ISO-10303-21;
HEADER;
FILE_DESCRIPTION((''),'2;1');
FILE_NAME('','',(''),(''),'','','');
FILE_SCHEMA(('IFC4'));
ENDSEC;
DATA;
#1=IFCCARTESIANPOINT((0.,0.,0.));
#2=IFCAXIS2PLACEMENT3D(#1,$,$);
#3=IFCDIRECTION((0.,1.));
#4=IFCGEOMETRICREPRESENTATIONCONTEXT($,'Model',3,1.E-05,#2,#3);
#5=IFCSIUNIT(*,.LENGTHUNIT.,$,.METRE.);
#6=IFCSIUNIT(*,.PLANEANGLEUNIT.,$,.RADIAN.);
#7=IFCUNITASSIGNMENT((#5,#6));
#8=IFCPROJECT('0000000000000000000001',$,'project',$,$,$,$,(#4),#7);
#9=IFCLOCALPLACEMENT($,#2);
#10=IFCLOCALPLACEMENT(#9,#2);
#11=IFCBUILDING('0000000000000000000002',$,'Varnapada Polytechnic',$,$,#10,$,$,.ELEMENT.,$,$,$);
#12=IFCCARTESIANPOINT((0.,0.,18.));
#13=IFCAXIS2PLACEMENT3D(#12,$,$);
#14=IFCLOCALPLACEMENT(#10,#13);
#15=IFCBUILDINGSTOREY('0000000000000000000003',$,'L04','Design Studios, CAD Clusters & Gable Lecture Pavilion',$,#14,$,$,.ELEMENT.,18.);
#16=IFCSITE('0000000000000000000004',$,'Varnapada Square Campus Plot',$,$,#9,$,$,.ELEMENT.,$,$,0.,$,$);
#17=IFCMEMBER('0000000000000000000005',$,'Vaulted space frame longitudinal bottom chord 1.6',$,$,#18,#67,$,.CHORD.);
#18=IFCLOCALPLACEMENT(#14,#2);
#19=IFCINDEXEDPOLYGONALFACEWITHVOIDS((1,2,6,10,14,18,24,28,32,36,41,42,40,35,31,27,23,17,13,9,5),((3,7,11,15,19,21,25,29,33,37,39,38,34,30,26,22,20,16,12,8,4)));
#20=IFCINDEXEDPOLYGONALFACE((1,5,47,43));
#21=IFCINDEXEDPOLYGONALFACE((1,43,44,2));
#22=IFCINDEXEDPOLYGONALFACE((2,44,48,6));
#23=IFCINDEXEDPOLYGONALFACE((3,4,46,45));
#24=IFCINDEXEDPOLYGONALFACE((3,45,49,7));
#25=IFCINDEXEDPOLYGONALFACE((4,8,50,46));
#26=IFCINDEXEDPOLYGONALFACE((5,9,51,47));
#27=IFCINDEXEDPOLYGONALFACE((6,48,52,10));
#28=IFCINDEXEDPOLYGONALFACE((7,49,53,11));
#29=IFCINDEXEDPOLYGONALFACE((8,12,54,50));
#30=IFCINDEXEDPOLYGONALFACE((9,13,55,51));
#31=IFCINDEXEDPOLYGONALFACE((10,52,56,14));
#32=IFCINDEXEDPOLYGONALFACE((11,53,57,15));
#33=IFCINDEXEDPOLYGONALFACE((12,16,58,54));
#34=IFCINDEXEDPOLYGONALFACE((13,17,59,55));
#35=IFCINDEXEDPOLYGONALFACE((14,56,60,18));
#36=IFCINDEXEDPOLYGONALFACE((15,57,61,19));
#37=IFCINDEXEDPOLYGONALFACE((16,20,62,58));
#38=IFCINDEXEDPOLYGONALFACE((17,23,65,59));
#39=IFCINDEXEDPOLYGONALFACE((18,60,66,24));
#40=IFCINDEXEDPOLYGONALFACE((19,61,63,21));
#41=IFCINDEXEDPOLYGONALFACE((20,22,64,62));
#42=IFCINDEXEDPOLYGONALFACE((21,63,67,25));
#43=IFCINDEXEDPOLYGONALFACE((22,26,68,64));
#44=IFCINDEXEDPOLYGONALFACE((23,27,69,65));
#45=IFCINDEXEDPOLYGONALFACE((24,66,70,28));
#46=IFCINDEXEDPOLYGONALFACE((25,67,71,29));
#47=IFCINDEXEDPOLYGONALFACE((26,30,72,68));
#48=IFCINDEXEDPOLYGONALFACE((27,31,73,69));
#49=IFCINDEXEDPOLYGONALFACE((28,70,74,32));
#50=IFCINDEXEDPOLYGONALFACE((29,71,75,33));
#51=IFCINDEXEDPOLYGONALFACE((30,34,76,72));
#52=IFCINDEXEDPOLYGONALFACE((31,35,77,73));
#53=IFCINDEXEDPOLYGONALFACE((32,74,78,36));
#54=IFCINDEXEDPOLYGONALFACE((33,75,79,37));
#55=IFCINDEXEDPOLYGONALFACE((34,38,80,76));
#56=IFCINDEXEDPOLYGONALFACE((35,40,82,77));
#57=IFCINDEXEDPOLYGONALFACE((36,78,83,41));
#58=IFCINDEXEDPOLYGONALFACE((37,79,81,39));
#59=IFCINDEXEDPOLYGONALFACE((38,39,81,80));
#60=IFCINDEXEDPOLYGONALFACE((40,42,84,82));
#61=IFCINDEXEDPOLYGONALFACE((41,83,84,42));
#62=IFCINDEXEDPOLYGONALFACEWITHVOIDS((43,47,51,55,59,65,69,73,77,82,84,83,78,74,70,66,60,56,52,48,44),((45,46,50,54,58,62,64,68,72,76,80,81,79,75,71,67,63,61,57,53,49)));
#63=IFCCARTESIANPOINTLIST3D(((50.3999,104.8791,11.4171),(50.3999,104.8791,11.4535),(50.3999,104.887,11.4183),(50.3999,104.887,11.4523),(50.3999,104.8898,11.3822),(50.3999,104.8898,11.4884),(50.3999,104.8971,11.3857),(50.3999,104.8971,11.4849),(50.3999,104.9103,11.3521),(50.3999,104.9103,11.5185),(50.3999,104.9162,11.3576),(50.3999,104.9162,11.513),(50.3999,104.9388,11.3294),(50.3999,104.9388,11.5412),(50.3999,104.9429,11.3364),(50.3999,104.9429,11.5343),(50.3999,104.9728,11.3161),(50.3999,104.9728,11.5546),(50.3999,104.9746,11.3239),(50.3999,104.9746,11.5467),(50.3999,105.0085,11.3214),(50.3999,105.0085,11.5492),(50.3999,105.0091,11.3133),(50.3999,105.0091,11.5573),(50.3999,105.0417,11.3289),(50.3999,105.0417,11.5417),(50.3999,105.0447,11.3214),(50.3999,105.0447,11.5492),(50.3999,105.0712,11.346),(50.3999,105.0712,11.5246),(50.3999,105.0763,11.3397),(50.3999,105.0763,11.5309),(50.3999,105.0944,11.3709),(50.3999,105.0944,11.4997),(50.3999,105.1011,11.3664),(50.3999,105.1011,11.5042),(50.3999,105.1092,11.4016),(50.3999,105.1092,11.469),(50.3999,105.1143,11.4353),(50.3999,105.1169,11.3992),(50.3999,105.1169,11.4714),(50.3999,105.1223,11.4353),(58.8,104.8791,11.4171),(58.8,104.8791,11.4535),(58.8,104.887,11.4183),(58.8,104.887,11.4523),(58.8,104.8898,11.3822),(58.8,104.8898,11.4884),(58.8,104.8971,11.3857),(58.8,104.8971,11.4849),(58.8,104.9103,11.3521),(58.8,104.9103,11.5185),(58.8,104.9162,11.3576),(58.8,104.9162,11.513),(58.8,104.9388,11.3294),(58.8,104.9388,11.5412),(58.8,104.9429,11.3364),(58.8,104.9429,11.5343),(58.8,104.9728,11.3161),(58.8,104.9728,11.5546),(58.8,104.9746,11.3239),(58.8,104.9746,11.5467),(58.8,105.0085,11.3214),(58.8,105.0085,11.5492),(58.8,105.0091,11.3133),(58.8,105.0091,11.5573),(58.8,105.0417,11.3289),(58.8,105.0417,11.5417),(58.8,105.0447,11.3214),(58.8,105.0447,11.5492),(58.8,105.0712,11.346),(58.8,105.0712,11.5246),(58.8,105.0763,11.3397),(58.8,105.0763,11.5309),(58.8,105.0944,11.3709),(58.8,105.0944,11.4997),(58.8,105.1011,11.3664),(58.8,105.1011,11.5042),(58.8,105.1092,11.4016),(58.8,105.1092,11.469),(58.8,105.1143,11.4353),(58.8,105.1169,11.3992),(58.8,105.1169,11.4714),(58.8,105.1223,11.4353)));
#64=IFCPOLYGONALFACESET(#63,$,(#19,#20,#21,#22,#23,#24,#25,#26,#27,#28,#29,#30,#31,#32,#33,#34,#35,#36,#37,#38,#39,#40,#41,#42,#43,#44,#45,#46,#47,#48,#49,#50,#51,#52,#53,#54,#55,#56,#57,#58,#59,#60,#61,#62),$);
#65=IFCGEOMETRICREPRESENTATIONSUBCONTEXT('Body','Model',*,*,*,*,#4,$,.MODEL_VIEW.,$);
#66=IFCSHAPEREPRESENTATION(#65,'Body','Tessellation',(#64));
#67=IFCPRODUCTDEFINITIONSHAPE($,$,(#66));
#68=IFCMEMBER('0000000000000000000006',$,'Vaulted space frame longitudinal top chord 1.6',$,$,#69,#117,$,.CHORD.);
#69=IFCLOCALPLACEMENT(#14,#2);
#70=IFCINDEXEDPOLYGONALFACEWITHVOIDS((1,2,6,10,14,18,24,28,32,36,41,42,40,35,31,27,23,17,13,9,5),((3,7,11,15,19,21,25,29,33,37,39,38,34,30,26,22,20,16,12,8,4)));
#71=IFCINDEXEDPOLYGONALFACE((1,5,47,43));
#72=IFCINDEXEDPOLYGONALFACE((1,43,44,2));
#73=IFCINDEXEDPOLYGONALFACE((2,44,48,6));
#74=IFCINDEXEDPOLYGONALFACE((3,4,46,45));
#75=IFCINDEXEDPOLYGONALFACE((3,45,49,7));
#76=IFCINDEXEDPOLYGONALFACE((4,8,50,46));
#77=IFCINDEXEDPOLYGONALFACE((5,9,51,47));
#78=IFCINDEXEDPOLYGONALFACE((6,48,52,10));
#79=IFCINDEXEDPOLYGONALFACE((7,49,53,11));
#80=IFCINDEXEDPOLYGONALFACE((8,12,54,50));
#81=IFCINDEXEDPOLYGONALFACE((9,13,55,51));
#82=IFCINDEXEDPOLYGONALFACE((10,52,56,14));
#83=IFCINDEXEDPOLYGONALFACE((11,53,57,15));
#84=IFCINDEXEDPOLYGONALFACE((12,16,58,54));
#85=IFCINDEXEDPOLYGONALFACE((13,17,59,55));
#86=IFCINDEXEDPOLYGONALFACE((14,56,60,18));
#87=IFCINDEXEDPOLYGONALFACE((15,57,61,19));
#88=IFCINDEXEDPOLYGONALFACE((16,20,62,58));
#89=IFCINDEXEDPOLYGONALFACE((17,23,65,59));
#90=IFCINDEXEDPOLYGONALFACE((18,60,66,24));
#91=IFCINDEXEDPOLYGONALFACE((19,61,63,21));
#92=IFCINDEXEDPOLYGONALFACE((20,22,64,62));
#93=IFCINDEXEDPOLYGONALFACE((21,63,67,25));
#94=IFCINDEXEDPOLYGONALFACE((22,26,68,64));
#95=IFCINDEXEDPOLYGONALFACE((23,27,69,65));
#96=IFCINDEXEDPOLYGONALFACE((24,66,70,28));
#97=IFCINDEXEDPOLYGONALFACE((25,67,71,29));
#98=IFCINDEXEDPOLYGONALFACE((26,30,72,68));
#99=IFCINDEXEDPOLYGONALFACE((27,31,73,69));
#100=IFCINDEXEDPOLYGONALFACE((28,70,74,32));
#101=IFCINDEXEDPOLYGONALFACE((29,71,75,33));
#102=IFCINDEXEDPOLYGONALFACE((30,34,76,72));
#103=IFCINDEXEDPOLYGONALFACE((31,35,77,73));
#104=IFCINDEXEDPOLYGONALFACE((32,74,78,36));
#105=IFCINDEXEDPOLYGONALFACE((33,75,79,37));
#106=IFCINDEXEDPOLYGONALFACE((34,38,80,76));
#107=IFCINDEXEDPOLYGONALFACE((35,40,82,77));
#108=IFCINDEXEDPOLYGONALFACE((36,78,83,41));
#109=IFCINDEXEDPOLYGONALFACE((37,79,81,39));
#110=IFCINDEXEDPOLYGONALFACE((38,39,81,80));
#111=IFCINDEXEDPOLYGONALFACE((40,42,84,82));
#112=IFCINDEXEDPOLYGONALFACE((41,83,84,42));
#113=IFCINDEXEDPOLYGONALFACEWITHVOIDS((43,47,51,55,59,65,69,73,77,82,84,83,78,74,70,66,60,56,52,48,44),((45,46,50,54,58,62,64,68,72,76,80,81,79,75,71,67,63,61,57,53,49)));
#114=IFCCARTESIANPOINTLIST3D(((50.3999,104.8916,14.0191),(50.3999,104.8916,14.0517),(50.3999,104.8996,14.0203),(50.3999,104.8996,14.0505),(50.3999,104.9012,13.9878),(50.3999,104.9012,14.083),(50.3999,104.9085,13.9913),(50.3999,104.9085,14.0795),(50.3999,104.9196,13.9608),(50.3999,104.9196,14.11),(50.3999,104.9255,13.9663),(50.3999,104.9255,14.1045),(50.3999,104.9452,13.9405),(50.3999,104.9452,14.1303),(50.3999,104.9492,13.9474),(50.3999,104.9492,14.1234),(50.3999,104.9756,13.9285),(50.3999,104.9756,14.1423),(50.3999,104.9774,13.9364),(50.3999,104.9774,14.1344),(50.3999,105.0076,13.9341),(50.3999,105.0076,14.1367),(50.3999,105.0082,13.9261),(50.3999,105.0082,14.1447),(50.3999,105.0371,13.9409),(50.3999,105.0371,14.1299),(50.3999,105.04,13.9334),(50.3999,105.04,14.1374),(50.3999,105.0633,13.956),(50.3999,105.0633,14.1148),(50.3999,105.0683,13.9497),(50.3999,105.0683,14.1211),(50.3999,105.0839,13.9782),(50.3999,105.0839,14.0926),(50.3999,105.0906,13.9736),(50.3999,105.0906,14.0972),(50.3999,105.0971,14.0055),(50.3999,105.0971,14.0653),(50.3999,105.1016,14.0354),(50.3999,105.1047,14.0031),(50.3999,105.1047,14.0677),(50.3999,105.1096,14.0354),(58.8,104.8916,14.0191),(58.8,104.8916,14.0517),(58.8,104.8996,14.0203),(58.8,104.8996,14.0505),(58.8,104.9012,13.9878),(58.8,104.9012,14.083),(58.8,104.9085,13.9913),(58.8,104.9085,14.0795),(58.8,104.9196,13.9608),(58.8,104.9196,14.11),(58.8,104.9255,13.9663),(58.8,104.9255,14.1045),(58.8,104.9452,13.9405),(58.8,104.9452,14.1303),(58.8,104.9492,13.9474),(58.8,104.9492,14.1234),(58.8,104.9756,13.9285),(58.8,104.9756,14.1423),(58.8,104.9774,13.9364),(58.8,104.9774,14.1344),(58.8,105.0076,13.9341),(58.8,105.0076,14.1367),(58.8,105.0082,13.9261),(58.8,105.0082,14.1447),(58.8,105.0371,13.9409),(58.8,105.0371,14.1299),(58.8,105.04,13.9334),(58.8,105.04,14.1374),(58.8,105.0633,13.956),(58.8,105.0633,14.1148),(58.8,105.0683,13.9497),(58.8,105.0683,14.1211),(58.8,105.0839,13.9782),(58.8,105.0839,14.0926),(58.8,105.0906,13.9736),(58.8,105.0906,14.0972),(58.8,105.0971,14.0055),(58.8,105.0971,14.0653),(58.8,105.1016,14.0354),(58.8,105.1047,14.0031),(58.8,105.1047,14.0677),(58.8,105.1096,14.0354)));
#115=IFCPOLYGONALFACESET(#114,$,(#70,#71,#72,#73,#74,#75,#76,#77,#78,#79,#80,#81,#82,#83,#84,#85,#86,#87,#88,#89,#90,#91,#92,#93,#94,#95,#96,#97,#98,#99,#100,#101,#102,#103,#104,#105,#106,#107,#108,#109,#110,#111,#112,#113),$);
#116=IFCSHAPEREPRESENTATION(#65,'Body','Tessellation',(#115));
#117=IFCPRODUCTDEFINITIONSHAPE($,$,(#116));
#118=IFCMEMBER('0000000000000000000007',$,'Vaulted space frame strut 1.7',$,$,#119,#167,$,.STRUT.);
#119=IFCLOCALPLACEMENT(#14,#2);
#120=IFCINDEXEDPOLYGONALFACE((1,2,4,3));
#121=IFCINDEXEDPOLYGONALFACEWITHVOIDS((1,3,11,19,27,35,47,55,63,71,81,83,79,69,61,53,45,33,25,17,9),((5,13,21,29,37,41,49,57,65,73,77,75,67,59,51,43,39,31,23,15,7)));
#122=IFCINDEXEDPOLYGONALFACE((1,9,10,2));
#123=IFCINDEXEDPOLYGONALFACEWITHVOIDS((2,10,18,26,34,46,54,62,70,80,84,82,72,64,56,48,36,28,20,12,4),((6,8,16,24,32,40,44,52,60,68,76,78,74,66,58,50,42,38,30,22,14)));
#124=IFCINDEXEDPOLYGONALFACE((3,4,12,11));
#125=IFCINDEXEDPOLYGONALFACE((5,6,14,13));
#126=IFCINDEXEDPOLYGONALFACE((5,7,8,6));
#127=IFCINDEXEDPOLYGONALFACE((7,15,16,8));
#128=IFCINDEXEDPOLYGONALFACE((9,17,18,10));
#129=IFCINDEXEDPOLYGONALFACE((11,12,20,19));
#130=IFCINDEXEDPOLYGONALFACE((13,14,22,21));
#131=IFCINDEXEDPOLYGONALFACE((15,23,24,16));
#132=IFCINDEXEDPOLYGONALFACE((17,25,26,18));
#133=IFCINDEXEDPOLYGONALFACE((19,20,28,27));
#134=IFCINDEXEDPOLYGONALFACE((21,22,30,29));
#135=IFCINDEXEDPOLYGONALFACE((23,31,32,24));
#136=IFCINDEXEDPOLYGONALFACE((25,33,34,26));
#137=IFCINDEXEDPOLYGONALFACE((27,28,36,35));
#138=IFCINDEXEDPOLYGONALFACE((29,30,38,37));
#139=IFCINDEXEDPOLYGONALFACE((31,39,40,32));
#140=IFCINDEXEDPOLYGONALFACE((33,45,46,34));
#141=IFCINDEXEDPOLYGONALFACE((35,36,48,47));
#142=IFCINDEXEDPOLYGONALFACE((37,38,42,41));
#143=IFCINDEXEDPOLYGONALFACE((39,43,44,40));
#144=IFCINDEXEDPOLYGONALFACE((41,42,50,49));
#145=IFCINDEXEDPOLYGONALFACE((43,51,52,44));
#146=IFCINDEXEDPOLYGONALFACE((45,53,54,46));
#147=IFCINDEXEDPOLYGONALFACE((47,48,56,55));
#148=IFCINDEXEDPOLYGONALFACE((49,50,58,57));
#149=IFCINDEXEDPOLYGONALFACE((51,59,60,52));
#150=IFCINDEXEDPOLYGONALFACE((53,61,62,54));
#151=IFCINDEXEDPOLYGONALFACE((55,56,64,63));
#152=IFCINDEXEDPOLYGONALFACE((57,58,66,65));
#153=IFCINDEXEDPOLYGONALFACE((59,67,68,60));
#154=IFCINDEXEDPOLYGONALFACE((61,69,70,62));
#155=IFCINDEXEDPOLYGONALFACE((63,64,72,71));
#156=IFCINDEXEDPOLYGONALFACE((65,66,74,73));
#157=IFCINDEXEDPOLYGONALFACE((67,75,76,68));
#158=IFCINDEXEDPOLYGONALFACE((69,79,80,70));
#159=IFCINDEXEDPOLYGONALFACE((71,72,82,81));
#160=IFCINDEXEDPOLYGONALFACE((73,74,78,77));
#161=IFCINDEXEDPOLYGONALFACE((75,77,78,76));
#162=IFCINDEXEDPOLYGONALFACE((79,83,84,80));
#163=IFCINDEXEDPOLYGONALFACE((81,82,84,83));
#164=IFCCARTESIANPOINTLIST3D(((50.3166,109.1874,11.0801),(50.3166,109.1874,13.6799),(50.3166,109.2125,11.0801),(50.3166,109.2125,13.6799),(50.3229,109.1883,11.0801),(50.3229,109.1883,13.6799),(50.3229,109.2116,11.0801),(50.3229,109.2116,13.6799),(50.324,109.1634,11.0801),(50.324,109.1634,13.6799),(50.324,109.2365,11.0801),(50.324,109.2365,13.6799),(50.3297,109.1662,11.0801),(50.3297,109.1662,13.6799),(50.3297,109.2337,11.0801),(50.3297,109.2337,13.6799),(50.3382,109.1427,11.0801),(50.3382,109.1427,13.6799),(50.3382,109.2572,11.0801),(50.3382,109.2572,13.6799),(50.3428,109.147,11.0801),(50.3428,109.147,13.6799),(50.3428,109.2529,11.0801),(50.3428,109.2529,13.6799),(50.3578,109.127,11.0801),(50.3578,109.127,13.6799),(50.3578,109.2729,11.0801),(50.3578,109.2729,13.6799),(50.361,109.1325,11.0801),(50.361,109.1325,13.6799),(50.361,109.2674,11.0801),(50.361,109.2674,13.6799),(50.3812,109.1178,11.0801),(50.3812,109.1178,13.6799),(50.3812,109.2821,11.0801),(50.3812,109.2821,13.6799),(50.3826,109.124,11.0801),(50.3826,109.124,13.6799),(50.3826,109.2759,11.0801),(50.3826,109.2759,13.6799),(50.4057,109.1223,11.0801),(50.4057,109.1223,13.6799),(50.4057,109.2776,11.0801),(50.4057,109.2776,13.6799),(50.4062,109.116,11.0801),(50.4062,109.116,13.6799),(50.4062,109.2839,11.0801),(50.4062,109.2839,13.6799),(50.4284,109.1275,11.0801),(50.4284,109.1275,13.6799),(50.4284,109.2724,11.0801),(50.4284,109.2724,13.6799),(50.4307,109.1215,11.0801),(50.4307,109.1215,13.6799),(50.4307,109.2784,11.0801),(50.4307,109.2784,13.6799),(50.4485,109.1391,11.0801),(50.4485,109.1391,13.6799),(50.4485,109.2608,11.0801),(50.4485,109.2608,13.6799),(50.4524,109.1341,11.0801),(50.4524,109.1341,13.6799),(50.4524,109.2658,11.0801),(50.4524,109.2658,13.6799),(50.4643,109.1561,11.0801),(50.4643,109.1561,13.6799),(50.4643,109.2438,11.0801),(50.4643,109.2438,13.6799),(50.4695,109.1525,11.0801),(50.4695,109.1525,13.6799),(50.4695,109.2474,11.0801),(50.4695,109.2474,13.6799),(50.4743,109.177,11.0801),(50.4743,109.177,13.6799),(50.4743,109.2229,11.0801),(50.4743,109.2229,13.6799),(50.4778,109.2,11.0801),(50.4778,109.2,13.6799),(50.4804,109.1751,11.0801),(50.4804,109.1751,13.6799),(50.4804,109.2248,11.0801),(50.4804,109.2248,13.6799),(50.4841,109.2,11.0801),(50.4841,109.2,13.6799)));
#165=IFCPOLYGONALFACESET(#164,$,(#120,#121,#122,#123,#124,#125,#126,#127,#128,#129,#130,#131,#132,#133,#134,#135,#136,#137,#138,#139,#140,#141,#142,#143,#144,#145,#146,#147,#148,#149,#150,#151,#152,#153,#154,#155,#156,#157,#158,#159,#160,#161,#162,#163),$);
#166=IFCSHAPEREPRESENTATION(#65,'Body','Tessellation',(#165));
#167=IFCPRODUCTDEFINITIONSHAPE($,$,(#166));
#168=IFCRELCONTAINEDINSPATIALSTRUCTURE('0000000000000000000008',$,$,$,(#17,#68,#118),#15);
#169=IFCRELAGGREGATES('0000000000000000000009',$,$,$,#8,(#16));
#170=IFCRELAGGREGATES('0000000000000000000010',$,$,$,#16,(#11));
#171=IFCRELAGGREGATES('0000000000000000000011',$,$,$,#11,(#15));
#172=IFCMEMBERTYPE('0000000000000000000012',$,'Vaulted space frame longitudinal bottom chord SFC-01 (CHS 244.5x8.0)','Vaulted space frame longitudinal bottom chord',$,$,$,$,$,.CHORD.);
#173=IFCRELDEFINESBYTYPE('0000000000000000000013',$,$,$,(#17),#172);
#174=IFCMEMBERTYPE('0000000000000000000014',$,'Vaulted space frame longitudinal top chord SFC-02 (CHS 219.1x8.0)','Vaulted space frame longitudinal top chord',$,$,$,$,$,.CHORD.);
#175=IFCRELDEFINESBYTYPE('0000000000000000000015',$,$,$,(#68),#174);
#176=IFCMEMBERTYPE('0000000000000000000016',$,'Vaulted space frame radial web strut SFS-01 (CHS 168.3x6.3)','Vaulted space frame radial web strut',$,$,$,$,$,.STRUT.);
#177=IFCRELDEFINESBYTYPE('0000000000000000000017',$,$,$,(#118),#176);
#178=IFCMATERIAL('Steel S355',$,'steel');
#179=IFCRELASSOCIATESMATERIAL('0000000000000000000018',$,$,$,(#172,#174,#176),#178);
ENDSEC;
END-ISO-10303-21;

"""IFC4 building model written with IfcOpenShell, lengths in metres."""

from ifc_helpers import new_model, si_unit, direction, frame, origin, origin_2d, place, context, subcontext, project, spatial, hollow_circle, extrude, material, material_profile, profile_set, type_object, element, save


model = new_model("IFC4")

# Units and contexts
model_context = context("Model", 3, precision=1e-05, world=origin(), true_north=direction((0.0, 1.0)))
body_context = subcontext(model_context, "Body", "Model", "MODEL_VIEW")
ifc_project = project(units=[si_unit("LENGTHUNIT", "METRE"), si_unit("PLANEANGLEUNIT", "RADIAN")], contexts=[model_context])

# Site, building, storey
site_placement = place(None, origin())
site = spatial("IfcSite", under=ifc_project, at=site_placement, Name="Varnapada Square Campus Plot", CompositionType="ELEMENT", RefElevation=0.0)
building_placement = place(site_placement, origin())
building = spatial("IfcBuilding", under=site, at=building_placement, Name="Varnapada Polytechnic", CompositionType="ELEMENT")
storey_placement = place(building_placement, frame((0.0, 0.0, 18.0)))
storey = spatial("IfcBuildingStorey", under=building, at=storey_placement, Name="L04", Description="Design Studios, CAD Clusters & Gable Lecture Pavilion", CompositionType="ELEMENT", Elevation=18.0)

# Shared definitions
ifc_material_1 = material(Name="Steel S355", Category="steel")

# Members
ifc_material_profile_1 = material_profile(ifc_material_1, hollow_circle(Radius=0.1223, WallThickness=0.0081, at=origin_2d()), Name="CHS 244.5x8.0")
ifc_profile_set_1 = profile_set([ifc_material_profile_1], Name="Steel S355")
member_type_1 = type_object("IfcMemberType", Name="Vaulted space frame longitudinal bottom chord SFC-01 (CHS 244.5x8.0)", Description="Vaulted space frame longitudinal bottom chord", PredefinedType="CHORD", material=ifc_profile_set_1)
member_1_placement = place(storey_placement, frame((50.3999, 105.0, 11.4353), z_axis=(1.0, 0.0, 0.0), x_axis=(0.0, 1.0, 0.0)))
element("IfcMember", 1, at=member_1_placement, inside=storey, type_object=member_type_1, Name="Vaulted space frame longitudinal bottom chord 1.6", PredefinedType="CHORD", context=body_context, shape_type="SweptSolid", body=[
    extrude(hollow_circle(Radius=0.1223, WallThickness=0.0081, at=origin_2d()), origin(), (0.0, 0.0, 1.0), 8.4001),
])
ifc_material_profile_2 = material_profile(ifc_material_1, hollow_circle(Radius=0.1096, WallThickness=0.0081, at=origin_2d()), Name="CHS 219.1x8.0")
ifc_profile_set_2 = profile_set([ifc_material_profile_2], Name="Steel S355")
member_type_2 = type_object("IfcMemberType", Name="Vaulted space frame longitudinal top chord SFC-02 (CHS 219.1x8.0)", Description="Vaulted space frame longitudinal top chord", PredefinedType="CHORD", material=ifc_profile_set_2)
member_2_placement = place(storey_placement, frame((50.3999, 105.0, 14.0354), z_axis=(1.0, 0.0, 0.0), x_axis=(0.0, 1.0, 0.0)))
element("IfcMember", 2, at=member_2_placement, inside=storey, type_object=member_type_2, Name="Vaulted space frame longitudinal top chord 1.6", PredefinedType="CHORD", context=body_context, shape_type="SweptSolid", body=[
    extrude(hollow_circle(Radius=0.1096, WallThickness=0.0081, at=origin_2d()), origin(), (0.0, 0.0, 1.0), 8.4001),
])
ifc_material_profile_3 = material_profile(ifc_material_1, hollow_circle(Radius=0.0842, WallThickness=0.0063, at=origin_2d()), Name="CHS 168.3x6.3")
ifc_profile_set_3 = profile_set([ifc_material_profile_3], Name="Steel S355")
member_type_3 = type_object("IfcMemberType", Name="Vaulted space frame radial web strut SFS-01 (CHS 168.3x6.3)", Description="Vaulted space frame radial web strut", PredefinedType="STRUT", material=ifc_profile_set_3)
member_3_placement = place(storey_placement, frame((50.3999, 109.2, 11.0801), z_axis=(0.0, 0.0, 1.0), x_axis=(1.0, 0.0, 0.0)))
element("IfcMember", 3, at=member_3_placement, inside=storey, type_object=member_type_3, Name="Vaulted space frame strut 1.7", PredefinedType="STRUT", context=body_context, shape_type="SweptSolid", body=[
    extrude(hollow_circle(Radius=0.0842, WallThickness=0.0063, at=origin_2d()), origin(), (0.0, 0.0, 1.0), 2.5999),
])

save(model, "model.ifc")
